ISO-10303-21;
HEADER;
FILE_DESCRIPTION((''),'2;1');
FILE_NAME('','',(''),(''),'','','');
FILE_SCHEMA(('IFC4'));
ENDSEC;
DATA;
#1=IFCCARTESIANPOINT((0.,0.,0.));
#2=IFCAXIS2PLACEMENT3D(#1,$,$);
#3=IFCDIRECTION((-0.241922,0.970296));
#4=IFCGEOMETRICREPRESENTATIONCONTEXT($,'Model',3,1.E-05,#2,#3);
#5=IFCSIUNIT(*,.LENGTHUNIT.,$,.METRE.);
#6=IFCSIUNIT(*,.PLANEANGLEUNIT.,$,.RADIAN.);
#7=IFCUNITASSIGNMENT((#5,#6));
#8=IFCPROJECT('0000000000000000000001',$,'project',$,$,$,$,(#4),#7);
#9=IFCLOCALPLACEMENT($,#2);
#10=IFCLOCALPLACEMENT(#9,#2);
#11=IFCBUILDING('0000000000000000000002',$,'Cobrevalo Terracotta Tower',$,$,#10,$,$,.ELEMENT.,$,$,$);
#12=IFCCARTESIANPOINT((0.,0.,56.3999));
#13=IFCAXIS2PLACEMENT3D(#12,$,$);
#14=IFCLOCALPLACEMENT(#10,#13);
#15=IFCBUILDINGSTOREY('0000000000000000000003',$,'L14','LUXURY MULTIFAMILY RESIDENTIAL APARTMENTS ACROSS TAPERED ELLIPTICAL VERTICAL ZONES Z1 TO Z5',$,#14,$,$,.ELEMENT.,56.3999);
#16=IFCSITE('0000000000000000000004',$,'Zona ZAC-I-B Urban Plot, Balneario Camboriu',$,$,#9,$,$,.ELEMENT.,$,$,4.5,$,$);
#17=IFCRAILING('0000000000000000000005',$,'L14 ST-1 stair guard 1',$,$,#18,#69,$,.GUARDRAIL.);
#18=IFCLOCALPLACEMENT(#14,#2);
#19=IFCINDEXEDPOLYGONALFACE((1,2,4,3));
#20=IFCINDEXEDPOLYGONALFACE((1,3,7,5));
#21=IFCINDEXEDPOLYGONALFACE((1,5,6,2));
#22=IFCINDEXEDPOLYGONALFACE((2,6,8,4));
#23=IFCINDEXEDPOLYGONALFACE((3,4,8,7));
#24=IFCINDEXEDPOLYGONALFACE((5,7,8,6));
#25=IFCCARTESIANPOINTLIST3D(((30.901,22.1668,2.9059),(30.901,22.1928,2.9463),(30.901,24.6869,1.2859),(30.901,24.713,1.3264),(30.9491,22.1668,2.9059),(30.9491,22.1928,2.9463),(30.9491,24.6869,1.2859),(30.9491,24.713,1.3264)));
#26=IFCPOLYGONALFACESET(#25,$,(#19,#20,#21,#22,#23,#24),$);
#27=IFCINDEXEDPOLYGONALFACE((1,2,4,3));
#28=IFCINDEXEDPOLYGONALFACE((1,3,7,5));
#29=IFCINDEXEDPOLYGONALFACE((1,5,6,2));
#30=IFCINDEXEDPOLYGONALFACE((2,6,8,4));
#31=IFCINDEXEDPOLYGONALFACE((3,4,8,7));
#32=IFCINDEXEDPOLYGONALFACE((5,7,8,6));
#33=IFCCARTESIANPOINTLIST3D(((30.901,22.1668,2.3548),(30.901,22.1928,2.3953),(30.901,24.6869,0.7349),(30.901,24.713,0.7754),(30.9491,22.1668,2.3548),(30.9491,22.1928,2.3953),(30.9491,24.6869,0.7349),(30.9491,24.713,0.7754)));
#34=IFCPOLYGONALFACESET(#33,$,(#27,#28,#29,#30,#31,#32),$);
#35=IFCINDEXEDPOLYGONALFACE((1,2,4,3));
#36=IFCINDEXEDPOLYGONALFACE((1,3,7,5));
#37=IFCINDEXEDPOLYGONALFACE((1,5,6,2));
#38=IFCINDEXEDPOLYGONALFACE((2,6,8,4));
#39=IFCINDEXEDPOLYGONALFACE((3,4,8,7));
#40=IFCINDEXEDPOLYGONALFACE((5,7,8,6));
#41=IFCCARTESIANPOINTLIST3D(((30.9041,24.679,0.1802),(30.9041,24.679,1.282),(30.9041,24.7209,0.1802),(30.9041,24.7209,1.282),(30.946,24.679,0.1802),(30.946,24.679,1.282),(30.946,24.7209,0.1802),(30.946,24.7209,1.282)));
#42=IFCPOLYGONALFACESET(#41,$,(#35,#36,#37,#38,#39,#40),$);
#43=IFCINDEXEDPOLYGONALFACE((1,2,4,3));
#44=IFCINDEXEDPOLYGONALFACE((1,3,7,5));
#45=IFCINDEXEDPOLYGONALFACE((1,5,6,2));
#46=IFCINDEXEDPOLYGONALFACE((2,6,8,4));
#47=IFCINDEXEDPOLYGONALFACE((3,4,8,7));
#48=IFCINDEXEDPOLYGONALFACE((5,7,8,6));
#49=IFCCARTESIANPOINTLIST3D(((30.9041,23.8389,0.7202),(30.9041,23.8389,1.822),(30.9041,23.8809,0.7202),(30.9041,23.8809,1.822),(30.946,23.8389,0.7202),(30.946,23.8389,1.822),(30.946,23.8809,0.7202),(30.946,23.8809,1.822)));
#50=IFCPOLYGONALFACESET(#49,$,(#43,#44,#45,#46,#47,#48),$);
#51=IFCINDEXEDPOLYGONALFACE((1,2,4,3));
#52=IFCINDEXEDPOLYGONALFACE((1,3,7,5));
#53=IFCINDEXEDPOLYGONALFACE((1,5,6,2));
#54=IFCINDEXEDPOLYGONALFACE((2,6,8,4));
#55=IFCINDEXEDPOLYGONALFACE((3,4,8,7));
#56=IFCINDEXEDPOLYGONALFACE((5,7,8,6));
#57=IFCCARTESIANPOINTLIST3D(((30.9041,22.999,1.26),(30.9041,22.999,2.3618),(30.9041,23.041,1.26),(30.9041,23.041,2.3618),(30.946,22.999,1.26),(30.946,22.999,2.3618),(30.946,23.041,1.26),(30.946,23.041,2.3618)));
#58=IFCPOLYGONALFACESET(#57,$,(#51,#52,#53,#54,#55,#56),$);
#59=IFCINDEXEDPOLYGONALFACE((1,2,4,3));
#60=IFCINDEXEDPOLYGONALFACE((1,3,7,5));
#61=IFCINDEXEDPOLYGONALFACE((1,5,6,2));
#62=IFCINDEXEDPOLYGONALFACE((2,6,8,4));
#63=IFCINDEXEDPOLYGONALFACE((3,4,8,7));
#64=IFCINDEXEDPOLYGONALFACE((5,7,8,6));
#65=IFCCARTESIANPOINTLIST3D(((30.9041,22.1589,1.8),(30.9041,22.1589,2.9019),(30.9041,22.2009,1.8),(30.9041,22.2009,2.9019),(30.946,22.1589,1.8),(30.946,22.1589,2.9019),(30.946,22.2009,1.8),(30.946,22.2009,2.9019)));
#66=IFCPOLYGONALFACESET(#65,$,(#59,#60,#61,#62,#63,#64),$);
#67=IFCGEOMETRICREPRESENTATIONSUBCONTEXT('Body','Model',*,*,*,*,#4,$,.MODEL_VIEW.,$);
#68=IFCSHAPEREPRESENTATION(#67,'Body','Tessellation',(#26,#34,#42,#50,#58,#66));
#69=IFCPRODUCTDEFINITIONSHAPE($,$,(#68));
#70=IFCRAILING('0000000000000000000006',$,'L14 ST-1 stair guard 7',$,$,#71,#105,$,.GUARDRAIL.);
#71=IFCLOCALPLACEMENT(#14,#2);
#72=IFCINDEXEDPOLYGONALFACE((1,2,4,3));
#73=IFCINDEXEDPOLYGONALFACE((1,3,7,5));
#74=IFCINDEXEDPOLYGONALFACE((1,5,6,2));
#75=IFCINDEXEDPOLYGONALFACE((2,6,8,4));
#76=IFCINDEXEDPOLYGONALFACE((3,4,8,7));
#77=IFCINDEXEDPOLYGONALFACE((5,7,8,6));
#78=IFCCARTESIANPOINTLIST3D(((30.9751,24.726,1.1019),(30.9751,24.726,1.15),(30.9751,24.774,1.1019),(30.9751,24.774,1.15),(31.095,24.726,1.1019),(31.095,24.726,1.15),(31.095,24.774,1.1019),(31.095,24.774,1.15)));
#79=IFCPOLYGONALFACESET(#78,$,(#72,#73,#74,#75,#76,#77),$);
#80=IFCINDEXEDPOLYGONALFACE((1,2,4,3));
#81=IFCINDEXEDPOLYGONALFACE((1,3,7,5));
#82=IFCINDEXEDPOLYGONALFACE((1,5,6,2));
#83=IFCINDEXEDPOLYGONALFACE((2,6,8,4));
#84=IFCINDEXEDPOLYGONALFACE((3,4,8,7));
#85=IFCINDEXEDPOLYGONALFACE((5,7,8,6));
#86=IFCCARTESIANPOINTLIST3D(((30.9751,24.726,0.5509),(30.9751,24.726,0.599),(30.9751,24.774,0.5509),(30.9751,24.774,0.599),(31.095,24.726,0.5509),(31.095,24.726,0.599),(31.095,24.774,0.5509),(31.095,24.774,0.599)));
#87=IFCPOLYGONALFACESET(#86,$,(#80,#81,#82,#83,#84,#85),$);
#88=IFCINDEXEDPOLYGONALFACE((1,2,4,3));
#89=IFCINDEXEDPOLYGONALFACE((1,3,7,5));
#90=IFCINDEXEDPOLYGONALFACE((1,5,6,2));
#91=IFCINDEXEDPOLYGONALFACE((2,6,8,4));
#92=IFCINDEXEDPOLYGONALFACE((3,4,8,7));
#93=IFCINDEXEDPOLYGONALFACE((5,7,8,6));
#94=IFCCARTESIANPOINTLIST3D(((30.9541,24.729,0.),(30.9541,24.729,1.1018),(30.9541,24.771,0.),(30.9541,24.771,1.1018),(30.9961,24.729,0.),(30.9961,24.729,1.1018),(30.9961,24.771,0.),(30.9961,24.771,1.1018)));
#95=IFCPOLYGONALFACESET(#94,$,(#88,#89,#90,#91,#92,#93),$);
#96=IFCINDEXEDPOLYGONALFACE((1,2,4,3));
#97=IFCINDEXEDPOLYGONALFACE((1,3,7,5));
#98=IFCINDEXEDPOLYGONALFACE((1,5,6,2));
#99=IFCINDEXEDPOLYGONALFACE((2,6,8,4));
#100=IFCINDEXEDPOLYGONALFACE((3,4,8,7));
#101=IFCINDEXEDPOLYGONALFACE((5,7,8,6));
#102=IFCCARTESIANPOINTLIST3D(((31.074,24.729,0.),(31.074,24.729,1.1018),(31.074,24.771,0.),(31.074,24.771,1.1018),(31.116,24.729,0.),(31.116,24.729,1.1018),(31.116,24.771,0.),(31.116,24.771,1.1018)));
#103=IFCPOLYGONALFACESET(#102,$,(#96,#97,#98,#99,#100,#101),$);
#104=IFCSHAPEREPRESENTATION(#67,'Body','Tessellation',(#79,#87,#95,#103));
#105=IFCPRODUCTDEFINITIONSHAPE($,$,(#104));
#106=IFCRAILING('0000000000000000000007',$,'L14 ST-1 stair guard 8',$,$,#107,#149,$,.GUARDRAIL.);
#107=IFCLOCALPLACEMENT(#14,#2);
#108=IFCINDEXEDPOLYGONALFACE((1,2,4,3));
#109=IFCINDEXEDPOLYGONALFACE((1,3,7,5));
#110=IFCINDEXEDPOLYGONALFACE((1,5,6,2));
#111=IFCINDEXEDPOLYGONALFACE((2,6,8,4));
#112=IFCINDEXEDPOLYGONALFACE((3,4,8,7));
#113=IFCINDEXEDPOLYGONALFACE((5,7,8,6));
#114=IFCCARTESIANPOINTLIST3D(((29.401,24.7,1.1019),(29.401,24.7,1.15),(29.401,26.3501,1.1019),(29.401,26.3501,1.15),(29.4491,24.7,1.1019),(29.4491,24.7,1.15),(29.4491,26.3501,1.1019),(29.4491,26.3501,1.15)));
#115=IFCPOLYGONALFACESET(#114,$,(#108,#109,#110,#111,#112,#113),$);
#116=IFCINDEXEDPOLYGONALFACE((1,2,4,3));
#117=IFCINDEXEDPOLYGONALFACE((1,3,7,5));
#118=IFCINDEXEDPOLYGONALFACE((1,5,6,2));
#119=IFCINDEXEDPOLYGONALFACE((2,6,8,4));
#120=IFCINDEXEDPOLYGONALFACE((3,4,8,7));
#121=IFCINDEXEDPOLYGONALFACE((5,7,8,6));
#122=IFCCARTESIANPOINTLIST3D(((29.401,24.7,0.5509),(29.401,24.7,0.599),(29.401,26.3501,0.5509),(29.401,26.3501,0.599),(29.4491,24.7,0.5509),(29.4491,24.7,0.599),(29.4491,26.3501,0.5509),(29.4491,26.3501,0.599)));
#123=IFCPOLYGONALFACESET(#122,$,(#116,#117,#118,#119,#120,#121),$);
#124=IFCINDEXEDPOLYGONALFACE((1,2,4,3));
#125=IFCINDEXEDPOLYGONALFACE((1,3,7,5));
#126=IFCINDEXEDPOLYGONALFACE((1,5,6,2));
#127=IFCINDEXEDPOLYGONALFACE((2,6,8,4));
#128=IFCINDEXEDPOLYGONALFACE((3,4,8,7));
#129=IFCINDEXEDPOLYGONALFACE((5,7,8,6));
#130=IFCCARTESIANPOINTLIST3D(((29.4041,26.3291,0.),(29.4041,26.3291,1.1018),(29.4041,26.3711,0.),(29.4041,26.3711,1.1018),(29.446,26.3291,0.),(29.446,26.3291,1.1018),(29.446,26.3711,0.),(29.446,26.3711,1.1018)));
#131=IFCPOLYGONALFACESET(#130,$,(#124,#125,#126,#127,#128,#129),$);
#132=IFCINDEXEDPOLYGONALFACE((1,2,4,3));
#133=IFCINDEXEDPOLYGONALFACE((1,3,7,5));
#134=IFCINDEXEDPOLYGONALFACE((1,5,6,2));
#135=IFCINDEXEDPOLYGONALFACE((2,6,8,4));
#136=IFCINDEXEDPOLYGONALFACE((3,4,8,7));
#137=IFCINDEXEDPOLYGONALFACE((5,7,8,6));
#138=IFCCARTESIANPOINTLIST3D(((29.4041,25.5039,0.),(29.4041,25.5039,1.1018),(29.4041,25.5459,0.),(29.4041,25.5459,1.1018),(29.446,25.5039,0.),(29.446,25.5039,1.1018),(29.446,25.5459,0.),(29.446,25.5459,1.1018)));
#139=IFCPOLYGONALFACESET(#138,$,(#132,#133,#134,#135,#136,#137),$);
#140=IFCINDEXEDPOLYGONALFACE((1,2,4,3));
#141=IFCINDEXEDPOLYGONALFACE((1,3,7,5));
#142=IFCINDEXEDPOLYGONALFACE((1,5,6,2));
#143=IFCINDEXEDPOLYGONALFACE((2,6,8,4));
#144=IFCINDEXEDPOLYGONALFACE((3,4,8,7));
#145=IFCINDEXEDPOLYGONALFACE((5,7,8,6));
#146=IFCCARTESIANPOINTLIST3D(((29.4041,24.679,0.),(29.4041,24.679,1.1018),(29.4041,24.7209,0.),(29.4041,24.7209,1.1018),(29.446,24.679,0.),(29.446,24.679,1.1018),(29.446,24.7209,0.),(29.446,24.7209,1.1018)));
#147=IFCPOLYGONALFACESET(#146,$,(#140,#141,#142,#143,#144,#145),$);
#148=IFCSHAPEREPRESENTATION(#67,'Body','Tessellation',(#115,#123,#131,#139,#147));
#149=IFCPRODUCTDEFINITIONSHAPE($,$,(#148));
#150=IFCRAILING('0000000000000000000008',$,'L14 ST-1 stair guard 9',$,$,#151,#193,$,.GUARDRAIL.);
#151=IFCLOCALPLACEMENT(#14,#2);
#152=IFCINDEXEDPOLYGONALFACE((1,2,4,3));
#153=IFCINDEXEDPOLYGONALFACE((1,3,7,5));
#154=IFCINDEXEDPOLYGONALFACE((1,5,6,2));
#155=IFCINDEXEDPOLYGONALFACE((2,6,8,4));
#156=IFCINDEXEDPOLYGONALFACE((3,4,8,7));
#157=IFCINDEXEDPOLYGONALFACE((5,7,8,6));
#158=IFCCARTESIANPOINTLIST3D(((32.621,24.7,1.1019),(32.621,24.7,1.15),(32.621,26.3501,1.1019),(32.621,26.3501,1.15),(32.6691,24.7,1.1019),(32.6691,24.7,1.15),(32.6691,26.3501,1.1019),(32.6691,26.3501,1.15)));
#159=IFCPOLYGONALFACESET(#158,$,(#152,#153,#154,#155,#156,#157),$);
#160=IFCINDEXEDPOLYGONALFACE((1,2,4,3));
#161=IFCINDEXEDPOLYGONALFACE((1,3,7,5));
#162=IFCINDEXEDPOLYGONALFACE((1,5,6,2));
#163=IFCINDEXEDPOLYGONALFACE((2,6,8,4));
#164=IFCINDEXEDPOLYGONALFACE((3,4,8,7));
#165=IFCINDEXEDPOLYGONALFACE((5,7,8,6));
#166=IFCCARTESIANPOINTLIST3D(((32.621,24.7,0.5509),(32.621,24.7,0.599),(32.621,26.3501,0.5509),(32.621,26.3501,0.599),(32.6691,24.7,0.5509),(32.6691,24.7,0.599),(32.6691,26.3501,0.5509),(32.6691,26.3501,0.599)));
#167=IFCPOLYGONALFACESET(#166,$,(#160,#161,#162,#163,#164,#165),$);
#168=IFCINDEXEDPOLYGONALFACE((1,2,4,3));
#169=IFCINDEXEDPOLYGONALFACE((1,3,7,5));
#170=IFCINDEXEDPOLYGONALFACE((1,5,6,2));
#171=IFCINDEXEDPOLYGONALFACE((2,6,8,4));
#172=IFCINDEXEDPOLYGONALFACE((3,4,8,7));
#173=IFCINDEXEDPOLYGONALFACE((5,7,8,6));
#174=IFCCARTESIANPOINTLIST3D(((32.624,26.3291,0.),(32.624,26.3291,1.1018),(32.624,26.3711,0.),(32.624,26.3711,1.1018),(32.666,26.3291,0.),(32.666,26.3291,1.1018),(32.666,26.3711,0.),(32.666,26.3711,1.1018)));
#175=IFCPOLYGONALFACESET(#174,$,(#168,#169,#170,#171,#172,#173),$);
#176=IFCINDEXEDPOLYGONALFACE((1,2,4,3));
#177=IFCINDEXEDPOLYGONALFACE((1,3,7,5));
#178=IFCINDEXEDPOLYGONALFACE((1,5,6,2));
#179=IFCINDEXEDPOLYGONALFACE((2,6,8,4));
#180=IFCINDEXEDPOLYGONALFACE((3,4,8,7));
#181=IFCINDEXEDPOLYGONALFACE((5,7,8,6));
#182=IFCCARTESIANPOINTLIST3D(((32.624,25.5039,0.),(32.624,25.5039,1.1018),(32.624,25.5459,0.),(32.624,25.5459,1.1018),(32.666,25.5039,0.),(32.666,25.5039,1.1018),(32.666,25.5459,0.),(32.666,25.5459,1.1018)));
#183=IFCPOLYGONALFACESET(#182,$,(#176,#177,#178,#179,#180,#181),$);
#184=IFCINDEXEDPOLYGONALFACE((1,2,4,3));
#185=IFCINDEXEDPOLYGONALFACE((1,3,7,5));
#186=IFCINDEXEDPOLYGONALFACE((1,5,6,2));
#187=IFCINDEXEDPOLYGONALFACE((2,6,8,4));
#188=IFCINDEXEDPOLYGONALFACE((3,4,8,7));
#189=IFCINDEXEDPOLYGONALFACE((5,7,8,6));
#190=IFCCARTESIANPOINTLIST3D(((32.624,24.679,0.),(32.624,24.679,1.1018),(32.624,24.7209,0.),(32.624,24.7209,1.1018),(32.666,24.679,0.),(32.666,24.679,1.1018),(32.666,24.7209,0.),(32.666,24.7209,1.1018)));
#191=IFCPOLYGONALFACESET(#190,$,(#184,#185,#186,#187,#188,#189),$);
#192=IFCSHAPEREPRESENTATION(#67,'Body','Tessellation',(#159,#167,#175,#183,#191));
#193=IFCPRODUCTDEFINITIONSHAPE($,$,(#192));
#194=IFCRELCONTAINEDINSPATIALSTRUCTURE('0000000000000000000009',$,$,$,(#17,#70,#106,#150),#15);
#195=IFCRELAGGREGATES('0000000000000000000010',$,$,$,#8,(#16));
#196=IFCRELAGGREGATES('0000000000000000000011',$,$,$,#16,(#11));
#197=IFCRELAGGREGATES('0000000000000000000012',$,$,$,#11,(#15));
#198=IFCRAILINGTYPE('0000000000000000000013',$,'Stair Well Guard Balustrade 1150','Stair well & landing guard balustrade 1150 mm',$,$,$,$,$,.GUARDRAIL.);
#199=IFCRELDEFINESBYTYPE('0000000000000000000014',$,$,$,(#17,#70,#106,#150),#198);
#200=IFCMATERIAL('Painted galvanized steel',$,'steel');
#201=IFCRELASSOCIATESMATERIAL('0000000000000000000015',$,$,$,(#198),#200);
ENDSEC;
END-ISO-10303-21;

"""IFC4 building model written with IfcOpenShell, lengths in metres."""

from ifc_helpers import new_model, si_unit, direction, frame, origin, origin_2d, place, context, subcontext, project, spatial, rectangle, extrude, material, type_object, element, save


model = new_model("IFC4")

# Units and contexts
model_context = context("Model", 3, precision=1e-05, world=origin(), true_north=direction((-0.241922, 0.970296)))
body_context = subcontext(model_context, "Body", "Model", "MODEL_VIEW")
ifc_project = project(units=[si_unit("LENGTHUNIT", "METRE"), si_unit("PLANEANGLEUNIT", "RADIAN")], contexts=[model_context])

# Site, building, storey
site_placement = place(None, origin())
site = spatial("IfcSite", under=ifc_project, at=site_placement, Name="Zona ZAC-I-B Urban Plot, Balneario Camboriu", CompositionType="ELEMENT", RefElevation=4.5)
building_placement = place(site_placement, origin())
building = spatial("IfcBuilding", under=site, at=building_placement, Name="Cobrevalo Terracotta Tower", CompositionType="ELEMENT")
storey_placement = place(building_placement, frame((0.0, 0.0, 56.3999)))
storey = spatial("IfcBuildingStorey", under=building, at=storey_placement, Name="L14", Description="LUXURY MULTIFAMILY RESIDENTIAL APARTMENTS ACROSS TAPERED ELLIPTICAL VERTICAL ZONES Z1 TO Z5", CompositionType="ELEMENT", Elevation=56.3999)

# Railings
ifc_material_1 = material(Name="Painted galvanized steel", Category="steel")
railing_type_1 = type_object("IfcRailingType", Name="Stair Well Guard Balustrade 1150", Description="Stair well & landing guard balustrade 1150 mm", PredefinedType="GUARDRAIL", material=ifc_material_1)
railing_1_placement = place(storey_placement, frame((30.925, 24.7, 0.1802)))
element("IfcRailing", 1, at=railing_1_placement, inside=storey, type_object=railing_type_1, Name="L14 ST-1 stair guard 1", PredefinedType="GUARDRAIL", context=body_context, shape_type="SweptSolid", body=[
    extrude(rectangle(XDim=0.0481, YDim=0.0481, at=origin_2d()), frame((0.0, 0.0, 1.126), z_axis=(0.0, -0.8412, 0.540725), x_axis=(1.0, 0.0, 0.0)), (0.0, 0.0, 1.0), 2.9958),
    extrude(rectangle(XDim=0.0481, YDim=0.0481, at=origin_2d()), frame((0.0, 0.0, 0.575), z_axis=(0.0, -0.8412, 0.540725), x_axis=(1.0, 0.0, 0.0)), (0.0, 0.0, 1.0), 2.9958),
    extrude(rectangle(XDim=0.042, YDim=0.042, at=origin_2d()), origin(), (0.0, 0.0, 1.0), 1.1018),
    extrude(rectangle(XDim=0.042, YDim=0.042, at=origin_2d()), frame((0.0, -0.8401, 0.54)), (0.0, 0.0, 1.0), 1.1018),
    extrude(rectangle(XDim=0.042, YDim=0.042, at=origin_2d()), frame((0.0, -1.6799, 1.0798)), (0.0, 0.0, 1.0), 1.1018),
    extrude(rectangle(XDim=0.042, YDim=0.042, at=origin_2d()), frame((0.0, -2.52, 1.6199)), (0.0, 0.0, 1.0), 1.1018),
])
railing_2_placement = place(storey_placement, frame((30.9751, 24.75, 0.0)))
element("IfcRailing", 2, at=railing_2_placement, inside=storey, type_object=railing_type_1, Name="L14 ST-1 stair guard 7", PredefinedType="GUARDRAIL", context=body_context, shape_type="SweptSolid", body=[
    extrude(rectangle(XDim=0.0481, YDim=0.0481, at=origin_2d()), frame((0.0, 0.0, 1.126), z_axis=(1.0, 0.0, 0.0), x_axis=(0.0, 1.0, 0.0)), (0.0, 0.0, 1.0), 0.1199),
    extrude(rectangle(XDim=0.0481, YDim=0.0481, at=origin_2d()), frame((0.0, 0.0, 0.575), z_axis=(1.0, 0.0, 0.0), x_axis=(0.0, 1.0, 0.0)), (0.0, 0.0, 1.0), 0.1199),
    extrude(rectangle(XDim=0.042, YDim=0.042, at=origin_2d()), origin(), (0.0, 0.0, 1.0), 1.1018),
    extrude(rectangle(XDim=0.042, YDim=0.042, at=origin_2d()), frame((0.1199, 0.0, 0.0)), (0.0, 0.0, 1.0), 1.1018),
])
for number, where, name in (
    (3, (29.425, 26.3501, 0.0), "L14 ST-1 stair guard 8"),
    (4, (32.645, 26.3501, 0.0), "L14 ST-1 stair guard 9"),
):
    element("IfcRailing", number, at=place(storey_placement, frame(where)), inside=storey, type_object=railing_type_1, Name=name, PredefinedType="GUARDRAIL", context=body_context, shape_type="SweptSolid", body=[
        extrude(rectangle(XDim=0.0481, YDim=0.0481, at=origin_2d()), frame((0.0, 0.0, 1.126), z_axis=(0.0, -1.0, 0.0), x_axis=(1.0, 0.0, 0.0)), (0.0, 0.0, 1.0), 1.6501),
        extrude(rectangle(XDim=0.0481, YDim=0.0481, at=origin_2d()), frame((0.0, 0.0, 0.575), z_axis=(0.0, -1.0, 0.0), x_axis=(1.0, 0.0, 0.0)), (0.0, 0.0, 1.0), 1.6501),
        extrude(rectangle(XDim=0.042, YDim=0.042, at=origin_2d()), origin(), (0.0, 0.0, 1.0), 1.1018),
        extrude(rectangle(XDim=0.042, YDim=0.042, at=origin_2d()), frame((0.0, -0.8252, 0.0)), (0.0, 0.0, 1.0), 1.1018),
        extrude(rectangle(XDim=0.042, YDim=0.042, at=origin_2d()), frame((0.0, -1.6501, 0.0)), (0.0, 0.0, 1.0), 1.1018),
    ])

save(model, "model.ifc")
